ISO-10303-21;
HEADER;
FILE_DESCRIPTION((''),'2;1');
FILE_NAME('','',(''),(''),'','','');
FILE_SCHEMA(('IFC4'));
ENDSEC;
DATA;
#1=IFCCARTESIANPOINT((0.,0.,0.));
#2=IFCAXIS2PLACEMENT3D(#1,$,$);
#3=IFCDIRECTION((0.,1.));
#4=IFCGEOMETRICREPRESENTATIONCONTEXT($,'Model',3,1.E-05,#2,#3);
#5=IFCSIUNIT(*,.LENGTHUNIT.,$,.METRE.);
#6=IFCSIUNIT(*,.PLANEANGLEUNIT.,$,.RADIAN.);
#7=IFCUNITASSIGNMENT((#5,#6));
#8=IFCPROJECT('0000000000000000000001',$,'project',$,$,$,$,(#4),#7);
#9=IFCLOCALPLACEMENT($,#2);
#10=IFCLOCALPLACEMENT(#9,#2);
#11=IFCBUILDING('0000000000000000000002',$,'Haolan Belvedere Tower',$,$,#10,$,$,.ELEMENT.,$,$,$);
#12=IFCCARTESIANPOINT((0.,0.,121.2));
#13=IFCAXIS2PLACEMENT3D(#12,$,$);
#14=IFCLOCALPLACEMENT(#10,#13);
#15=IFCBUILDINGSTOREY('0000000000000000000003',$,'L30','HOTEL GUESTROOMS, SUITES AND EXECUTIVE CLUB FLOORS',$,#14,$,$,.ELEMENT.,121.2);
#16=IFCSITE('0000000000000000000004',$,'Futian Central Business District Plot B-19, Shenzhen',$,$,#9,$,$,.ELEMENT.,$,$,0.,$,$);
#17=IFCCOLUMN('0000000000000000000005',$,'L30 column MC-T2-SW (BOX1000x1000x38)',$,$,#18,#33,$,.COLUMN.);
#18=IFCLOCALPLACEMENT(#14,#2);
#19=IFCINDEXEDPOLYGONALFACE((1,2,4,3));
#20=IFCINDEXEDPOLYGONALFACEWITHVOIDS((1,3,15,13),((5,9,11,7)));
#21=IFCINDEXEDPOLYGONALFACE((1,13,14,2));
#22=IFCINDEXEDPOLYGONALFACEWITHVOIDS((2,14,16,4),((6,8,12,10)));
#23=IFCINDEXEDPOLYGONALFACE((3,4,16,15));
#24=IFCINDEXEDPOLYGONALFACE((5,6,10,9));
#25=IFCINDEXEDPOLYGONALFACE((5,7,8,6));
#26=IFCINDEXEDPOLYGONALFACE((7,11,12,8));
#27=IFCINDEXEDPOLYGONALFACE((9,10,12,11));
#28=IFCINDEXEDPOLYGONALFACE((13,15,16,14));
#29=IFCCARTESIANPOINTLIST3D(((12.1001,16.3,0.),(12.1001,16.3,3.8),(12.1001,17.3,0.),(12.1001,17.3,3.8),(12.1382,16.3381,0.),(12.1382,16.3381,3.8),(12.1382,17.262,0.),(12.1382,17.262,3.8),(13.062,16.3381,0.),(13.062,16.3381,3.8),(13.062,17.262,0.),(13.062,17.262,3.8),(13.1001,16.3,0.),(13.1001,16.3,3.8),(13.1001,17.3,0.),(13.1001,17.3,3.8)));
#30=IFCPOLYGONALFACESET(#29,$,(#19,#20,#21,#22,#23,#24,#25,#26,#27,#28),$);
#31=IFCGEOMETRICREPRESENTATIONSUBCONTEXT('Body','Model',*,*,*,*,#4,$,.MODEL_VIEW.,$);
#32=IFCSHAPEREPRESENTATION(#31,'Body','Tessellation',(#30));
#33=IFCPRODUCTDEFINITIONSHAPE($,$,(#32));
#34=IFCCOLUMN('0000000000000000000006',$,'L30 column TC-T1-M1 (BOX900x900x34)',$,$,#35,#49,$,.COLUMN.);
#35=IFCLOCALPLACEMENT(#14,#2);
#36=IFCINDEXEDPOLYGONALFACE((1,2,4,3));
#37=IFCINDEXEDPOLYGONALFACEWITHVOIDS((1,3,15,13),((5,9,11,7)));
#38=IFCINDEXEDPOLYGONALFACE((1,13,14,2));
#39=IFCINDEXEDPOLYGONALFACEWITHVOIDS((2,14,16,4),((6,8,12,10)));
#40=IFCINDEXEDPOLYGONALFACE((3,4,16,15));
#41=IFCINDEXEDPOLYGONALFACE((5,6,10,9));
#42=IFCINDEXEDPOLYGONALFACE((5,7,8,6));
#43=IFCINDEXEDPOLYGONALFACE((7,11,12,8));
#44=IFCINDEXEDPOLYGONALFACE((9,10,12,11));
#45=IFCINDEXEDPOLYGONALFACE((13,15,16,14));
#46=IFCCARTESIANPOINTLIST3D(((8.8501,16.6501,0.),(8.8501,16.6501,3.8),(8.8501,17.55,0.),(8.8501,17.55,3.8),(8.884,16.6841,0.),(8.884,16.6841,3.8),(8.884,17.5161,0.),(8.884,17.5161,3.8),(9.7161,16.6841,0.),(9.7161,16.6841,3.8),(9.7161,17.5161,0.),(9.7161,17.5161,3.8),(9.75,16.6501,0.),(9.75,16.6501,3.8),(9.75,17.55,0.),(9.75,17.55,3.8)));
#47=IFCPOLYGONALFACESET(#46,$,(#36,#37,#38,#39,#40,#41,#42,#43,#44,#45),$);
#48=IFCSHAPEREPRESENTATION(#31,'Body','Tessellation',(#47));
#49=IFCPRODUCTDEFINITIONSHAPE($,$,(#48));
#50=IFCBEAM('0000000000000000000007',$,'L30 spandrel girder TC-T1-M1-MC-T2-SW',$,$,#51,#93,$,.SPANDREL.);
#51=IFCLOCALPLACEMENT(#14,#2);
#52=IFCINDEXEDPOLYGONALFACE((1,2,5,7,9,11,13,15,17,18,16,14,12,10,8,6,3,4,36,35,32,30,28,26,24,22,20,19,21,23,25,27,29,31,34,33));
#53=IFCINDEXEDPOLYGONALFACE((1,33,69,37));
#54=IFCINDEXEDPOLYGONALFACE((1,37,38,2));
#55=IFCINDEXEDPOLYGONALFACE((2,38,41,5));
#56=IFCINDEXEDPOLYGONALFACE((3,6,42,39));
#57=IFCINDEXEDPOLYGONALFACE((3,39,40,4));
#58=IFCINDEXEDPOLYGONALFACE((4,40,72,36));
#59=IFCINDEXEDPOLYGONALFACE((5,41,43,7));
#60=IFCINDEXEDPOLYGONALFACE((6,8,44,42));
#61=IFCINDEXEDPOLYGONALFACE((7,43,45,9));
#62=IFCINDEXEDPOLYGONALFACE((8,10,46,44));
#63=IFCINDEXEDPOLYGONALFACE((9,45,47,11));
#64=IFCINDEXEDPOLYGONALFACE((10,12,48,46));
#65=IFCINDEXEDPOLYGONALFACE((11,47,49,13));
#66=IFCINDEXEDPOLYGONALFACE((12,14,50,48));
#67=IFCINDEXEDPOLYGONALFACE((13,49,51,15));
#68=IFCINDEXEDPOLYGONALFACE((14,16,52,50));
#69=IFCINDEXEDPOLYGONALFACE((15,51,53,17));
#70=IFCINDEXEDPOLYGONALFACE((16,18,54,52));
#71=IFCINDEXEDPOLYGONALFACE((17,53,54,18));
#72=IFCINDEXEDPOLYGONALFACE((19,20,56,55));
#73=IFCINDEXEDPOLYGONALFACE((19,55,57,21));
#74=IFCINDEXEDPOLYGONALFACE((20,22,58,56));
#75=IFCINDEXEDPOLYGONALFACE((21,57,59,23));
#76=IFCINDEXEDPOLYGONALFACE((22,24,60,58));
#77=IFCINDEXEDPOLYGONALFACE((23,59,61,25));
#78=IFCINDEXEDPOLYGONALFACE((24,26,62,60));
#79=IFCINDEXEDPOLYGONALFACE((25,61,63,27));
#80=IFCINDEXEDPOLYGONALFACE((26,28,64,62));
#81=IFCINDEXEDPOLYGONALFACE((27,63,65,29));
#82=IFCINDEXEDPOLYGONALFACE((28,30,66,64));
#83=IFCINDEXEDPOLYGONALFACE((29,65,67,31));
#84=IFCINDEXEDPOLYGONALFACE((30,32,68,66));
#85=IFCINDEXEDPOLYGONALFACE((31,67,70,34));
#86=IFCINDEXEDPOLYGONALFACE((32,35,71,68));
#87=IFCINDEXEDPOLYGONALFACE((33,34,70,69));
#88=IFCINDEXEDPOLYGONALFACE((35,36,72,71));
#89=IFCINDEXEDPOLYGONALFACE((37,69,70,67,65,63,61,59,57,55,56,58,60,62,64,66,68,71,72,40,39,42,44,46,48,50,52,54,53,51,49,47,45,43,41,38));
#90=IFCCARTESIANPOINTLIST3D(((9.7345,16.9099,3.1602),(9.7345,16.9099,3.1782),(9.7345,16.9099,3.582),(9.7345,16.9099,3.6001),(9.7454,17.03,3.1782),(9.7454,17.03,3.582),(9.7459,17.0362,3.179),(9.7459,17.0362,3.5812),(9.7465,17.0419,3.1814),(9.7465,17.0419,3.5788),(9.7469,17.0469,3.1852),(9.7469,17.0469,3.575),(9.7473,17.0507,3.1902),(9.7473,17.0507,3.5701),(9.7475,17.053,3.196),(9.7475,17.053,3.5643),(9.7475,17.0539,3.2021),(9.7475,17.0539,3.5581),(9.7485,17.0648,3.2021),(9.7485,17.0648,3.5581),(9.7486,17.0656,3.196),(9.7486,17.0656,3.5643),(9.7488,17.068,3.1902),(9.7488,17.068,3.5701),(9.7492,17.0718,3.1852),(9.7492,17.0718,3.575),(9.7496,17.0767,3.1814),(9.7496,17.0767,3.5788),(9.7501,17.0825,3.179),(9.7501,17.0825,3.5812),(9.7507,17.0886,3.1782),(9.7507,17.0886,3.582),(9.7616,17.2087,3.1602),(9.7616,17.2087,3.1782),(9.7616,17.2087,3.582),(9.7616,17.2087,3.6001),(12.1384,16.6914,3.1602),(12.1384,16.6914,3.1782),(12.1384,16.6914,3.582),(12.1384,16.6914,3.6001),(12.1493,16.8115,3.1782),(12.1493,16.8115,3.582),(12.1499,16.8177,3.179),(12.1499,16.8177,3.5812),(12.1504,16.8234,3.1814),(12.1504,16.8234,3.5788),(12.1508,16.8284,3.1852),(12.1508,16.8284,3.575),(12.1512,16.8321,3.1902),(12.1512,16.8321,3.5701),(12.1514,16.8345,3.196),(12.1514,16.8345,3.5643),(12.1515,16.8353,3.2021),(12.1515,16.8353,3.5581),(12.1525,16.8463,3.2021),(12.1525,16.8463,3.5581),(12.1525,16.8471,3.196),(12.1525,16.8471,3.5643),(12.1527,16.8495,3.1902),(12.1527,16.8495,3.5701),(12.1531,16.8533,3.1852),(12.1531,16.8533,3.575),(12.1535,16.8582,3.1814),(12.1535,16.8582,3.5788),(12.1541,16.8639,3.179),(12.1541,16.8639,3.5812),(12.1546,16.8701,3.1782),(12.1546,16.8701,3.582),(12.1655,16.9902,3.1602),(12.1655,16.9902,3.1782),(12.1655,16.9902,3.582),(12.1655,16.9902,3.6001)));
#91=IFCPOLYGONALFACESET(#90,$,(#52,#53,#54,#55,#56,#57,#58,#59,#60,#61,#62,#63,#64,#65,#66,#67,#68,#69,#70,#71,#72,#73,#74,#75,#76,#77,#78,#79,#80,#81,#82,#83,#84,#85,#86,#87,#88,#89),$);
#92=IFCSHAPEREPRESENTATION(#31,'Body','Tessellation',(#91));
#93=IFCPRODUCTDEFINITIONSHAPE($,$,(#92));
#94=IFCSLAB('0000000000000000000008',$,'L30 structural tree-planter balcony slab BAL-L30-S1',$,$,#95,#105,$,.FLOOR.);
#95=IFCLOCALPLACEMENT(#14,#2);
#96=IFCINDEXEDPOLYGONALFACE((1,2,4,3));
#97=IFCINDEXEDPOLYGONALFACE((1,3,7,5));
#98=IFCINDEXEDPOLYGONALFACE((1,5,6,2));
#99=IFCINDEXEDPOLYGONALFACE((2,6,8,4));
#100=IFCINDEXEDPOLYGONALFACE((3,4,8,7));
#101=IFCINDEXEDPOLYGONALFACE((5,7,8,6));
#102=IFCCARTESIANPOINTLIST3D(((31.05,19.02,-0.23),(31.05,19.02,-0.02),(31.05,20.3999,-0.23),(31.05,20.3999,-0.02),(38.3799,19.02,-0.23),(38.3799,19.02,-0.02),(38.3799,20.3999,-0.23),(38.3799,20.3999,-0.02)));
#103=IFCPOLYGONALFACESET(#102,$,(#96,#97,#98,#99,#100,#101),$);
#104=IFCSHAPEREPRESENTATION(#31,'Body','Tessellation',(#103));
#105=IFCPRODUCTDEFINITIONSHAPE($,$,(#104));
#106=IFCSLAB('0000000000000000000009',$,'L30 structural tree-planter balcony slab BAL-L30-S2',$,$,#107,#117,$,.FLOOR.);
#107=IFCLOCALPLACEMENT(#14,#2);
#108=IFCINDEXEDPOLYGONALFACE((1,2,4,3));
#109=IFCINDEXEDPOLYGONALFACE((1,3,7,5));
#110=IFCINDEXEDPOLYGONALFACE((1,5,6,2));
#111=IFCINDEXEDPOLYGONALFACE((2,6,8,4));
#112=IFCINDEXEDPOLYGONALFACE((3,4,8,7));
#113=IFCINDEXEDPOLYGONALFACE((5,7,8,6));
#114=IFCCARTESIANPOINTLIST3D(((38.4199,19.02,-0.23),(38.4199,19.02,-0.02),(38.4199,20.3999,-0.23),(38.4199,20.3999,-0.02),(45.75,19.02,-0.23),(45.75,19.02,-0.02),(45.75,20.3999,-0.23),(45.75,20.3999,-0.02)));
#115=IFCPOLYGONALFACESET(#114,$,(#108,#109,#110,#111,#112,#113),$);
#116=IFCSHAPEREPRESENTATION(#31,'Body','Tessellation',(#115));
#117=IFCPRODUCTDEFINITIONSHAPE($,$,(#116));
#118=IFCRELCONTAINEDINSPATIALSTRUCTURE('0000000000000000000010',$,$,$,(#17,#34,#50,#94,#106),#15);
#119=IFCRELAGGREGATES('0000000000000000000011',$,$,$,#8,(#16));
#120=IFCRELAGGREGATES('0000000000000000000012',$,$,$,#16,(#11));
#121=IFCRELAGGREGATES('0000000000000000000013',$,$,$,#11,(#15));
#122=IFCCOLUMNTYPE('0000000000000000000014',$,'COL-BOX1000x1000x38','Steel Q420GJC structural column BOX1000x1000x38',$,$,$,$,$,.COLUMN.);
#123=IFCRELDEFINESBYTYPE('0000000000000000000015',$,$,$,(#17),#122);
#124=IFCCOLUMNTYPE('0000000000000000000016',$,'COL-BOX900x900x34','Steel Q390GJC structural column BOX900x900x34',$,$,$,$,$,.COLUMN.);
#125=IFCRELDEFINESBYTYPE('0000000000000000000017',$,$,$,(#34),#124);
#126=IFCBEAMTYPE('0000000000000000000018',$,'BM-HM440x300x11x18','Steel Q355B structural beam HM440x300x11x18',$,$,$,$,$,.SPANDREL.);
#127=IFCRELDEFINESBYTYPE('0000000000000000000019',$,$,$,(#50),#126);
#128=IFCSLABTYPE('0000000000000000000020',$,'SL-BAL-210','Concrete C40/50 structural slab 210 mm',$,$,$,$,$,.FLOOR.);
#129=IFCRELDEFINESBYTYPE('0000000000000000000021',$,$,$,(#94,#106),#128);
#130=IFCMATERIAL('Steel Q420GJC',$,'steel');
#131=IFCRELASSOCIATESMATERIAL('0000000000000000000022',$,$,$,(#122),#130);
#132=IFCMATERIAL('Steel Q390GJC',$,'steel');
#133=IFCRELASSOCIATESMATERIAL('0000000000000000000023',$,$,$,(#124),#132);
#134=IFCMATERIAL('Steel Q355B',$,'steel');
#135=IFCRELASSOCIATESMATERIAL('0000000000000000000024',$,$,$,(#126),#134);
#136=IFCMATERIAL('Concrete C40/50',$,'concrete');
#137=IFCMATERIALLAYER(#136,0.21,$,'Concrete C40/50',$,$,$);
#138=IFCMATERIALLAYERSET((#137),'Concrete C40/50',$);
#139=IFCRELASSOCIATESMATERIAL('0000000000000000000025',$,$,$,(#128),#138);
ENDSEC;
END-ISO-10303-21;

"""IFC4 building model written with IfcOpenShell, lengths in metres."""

from ifc_helpers import new_model, si_unit, direction, frame, origin, origin_2d, place, context, subcontext, project, spatial, polyline, hollow_rectangle, i_section, outline, extrude, material, layer, layer_set, material_profile, profile_set, type_object, element, save


model = new_model("IFC4")

# Units and contexts
model_context = context("Model", 3, precision=1e-05, world=origin(), true_north=direction((0.0, 1.0)))
body_context = subcontext(model_context, "Body", "Model", "MODEL_VIEW")
ifc_project = project(units=[si_unit("LENGTHUNIT", "METRE"), si_unit("PLANEANGLEUNIT", "RADIAN")], contexts=[model_context])

# Site, building, storey
site_placement = place(None, origin())
site = spatial("IfcSite", under=ifc_project, at=site_placement, Name="Futian Central Business District Plot B-19, Shenzhen", CompositionType="ELEMENT", RefElevation=0.0)
building_placement = place(site_placement, origin())
building = spatial("IfcBuilding", under=site, at=building_placement, Name="Haolan Belvedere Tower", CompositionType="ELEMENT")
storey_placement = place(building_placement, frame((0.0, 0.0, 121.2)))
storey = spatial("IfcBuildingStorey", under=building, at=storey_placement, Name="L30", Description="HOTEL GUESTROOMS, SUITES AND EXECUTIVE CLUB FLOORS", CompositionType="ELEMENT", Elevation=121.2)

# Columns
ifc_material_1 = material(Name="Steel Q420GJC", Category="steel")
ifc_material_profile_1 = material_profile(ifc_material_1, hollow_rectangle(XDim=1.0, YDim=1.0, WallThickness=0.0381, at=origin_2d()), Name="Steel Q420GJC")
ifc_profile_set_1 = profile_set([ifc_material_profile_1], Name="Steel Q420GJC")
column_type_1 = type_object("IfcColumnType", Name="COL-BOX1000x1000x38", Description="Steel Q420GJC structural column BOX1000x1000x38", PredefinedType="COLUMN", material=ifc_profile_set_1)
column_1_placement = place(storey_placement, frame((12.6001, 16.8, 0.0), z_axis=(0.0, 0.0, 1.0), x_axis=(1.0, 0.0, 0.0)))
element("IfcColumn", 1, at=column_1_placement, inside=storey, type_object=column_type_1, Name="L30 column MC-T2-SW (BOX1000x1000x38)", PredefinedType="COLUMN", context=body_context, shape_type="SweptSolid", body=[
    extrude(hollow_rectangle(XDim=1.0, YDim=1.0, WallThickness=0.0381, at=origin_2d()), origin(), (0.0, 0.0, 1.0), 3.8),
])
ifc_material_2 = material(Name="Steel Q390GJC", Category="steel")
ifc_material_profile_2 = material_profile(ifc_material_2, hollow_rectangle(XDim=0.8999, YDim=0.8999, WallThickness=0.0339, at=origin_2d()), Name="Steel Q390GJC")
ifc_profile_set_2 = profile_set([ifc_material_profile_2], Name="Steel Q390GJC")
column_type_2 = type_object("IfcColumnType", Name="COL-BOX900x900x34", Description="Steel Q390GJC structural column BOX900x900x34", PredefinedType="COLUMN", material=ifc_profile_set_2)
column_2_placement = place(storey_placement, frame((9.3, 17.1001, 0.0), z_axis=(0.0, 0.0, 1.0), x_axis=(1.0, 0.0, 0.0)))
element("IfcColumn", 2, at=column_2_placement, inside=storey, type_object=column_type_2, Name="L30 column TC-T1-M1 (BOX900x900x34)", PredefinedType="COLUMN", context=body_context, shape_type="SweptSolid", body=[
    extrude(hollow_rectangle(XDim=0.8999, YDim=0.8999, WallThickness=0.0339, at=origin_2d()), origin(), (0.0, 0.0, 1.0), 3.8),
])

# Beam
ifc_material_3 = material(Name="Steel Q355B", Category="steel")
ifc_material_profile_3 = material_profile(ifc_material_3, i_section(OverallWidth=0.3, OverallDepth=0.4399, WebThickness=0.011, FlangeThickness=0.0181, FilletRadius=0.0239, at=origin_2d()), Name="Steel Q355B")
ifc_profile_set_3 = profile_set([ifc_material_profile_3], Name="Steel Q355B")
beam_type = type_object("IfcBeamType", Name="BM-HM440x300x11x18", Description="Steel Q355B structural beam HM440x300x11x18", PredefinedType="SPANDREL", material=ifc_profile_set_3)
beam_placement = place(storey_placement, frame((9.748, 17.0593, 3.3801), z_axis=(0.995894, -0.090527, 0.0), x_axis=(0.090527, 0.995894, 0.0)))
element("IfcBeam", 3, at=beam_placement, inside=storey, type_object=beam_type, Name="L30 spandrel girder TC-T1-M1-MC-T2-SW", PredefinedType="SPANDREL", context=body_context, shape_type="SweptSolid", body=[
    extrude(i_section(OverallWidth=0.3, OverallDepth=0.4399, WebThickness=0.011, FlangeThickness=0.0181, FilletRadius=0.0239, at=origin_2d()), origin(), (0.0, 0.0, 1.0), 2.4138),
])

# Slabs
ifc_material_4 = material(Name="Concrete C40/50", Category="concrete")
ifc_layer_1 = layer(ifc_material_4, 0.21, Name="Concrete C40/50")
ifc_layer_set_1 = layer_set([ifc_layer_1], Name="Concrete C40/50")
slab_type_1 = type_object("IfcSlabType", Name="SL-BAL-210", Description="Concrete C40/50 structural slab 210 mm", PredefinedType="FLOOR", material=ifc_layer_set_1)
slab_1_placement = place(storey_placement, frame((0.0, 0.0, -0.23)))
element("IfcSlab", 4, at=slab_1_placement, inside=storey, type_object=slab_type_1, Name="L30 structural tree-planter balcony slab BAL-L30-S1", PredefinedType="FLOOR", context=body_context, shape_type="SweptSolid", body=[
    extrude(outline(polyline([(31.05, 19.02), (38.3799, 19.02), (38.3799, 20.3999), (31.05, 20.3999), (31.05, 19.02)])), origin(), (0.0, 0.0, 1.0), 0.21),
])
slab_2_placement = place(storey_placement, frame((0.0, 0.0, -0.23)))
element("IfcSlab", 5, at=slab_2_placement, inside=storey, type_object=slab_type_1, Name="L30 structural tree-planter balcony slab BAL-L30-S2", PredefinedType="FLOOR", context=body_context, shape_type="SweptSolid", body=[
    extrude(outline(polyline([(38.4199, 19.02), (45.75, 19.02), (45.75, 20.3999), (38.4199, 20.3999), (38.4199, 19.02)])), origin(), (0.0, 0.0, 1.0), 0.21),
])

save(model, "model.ifc")
